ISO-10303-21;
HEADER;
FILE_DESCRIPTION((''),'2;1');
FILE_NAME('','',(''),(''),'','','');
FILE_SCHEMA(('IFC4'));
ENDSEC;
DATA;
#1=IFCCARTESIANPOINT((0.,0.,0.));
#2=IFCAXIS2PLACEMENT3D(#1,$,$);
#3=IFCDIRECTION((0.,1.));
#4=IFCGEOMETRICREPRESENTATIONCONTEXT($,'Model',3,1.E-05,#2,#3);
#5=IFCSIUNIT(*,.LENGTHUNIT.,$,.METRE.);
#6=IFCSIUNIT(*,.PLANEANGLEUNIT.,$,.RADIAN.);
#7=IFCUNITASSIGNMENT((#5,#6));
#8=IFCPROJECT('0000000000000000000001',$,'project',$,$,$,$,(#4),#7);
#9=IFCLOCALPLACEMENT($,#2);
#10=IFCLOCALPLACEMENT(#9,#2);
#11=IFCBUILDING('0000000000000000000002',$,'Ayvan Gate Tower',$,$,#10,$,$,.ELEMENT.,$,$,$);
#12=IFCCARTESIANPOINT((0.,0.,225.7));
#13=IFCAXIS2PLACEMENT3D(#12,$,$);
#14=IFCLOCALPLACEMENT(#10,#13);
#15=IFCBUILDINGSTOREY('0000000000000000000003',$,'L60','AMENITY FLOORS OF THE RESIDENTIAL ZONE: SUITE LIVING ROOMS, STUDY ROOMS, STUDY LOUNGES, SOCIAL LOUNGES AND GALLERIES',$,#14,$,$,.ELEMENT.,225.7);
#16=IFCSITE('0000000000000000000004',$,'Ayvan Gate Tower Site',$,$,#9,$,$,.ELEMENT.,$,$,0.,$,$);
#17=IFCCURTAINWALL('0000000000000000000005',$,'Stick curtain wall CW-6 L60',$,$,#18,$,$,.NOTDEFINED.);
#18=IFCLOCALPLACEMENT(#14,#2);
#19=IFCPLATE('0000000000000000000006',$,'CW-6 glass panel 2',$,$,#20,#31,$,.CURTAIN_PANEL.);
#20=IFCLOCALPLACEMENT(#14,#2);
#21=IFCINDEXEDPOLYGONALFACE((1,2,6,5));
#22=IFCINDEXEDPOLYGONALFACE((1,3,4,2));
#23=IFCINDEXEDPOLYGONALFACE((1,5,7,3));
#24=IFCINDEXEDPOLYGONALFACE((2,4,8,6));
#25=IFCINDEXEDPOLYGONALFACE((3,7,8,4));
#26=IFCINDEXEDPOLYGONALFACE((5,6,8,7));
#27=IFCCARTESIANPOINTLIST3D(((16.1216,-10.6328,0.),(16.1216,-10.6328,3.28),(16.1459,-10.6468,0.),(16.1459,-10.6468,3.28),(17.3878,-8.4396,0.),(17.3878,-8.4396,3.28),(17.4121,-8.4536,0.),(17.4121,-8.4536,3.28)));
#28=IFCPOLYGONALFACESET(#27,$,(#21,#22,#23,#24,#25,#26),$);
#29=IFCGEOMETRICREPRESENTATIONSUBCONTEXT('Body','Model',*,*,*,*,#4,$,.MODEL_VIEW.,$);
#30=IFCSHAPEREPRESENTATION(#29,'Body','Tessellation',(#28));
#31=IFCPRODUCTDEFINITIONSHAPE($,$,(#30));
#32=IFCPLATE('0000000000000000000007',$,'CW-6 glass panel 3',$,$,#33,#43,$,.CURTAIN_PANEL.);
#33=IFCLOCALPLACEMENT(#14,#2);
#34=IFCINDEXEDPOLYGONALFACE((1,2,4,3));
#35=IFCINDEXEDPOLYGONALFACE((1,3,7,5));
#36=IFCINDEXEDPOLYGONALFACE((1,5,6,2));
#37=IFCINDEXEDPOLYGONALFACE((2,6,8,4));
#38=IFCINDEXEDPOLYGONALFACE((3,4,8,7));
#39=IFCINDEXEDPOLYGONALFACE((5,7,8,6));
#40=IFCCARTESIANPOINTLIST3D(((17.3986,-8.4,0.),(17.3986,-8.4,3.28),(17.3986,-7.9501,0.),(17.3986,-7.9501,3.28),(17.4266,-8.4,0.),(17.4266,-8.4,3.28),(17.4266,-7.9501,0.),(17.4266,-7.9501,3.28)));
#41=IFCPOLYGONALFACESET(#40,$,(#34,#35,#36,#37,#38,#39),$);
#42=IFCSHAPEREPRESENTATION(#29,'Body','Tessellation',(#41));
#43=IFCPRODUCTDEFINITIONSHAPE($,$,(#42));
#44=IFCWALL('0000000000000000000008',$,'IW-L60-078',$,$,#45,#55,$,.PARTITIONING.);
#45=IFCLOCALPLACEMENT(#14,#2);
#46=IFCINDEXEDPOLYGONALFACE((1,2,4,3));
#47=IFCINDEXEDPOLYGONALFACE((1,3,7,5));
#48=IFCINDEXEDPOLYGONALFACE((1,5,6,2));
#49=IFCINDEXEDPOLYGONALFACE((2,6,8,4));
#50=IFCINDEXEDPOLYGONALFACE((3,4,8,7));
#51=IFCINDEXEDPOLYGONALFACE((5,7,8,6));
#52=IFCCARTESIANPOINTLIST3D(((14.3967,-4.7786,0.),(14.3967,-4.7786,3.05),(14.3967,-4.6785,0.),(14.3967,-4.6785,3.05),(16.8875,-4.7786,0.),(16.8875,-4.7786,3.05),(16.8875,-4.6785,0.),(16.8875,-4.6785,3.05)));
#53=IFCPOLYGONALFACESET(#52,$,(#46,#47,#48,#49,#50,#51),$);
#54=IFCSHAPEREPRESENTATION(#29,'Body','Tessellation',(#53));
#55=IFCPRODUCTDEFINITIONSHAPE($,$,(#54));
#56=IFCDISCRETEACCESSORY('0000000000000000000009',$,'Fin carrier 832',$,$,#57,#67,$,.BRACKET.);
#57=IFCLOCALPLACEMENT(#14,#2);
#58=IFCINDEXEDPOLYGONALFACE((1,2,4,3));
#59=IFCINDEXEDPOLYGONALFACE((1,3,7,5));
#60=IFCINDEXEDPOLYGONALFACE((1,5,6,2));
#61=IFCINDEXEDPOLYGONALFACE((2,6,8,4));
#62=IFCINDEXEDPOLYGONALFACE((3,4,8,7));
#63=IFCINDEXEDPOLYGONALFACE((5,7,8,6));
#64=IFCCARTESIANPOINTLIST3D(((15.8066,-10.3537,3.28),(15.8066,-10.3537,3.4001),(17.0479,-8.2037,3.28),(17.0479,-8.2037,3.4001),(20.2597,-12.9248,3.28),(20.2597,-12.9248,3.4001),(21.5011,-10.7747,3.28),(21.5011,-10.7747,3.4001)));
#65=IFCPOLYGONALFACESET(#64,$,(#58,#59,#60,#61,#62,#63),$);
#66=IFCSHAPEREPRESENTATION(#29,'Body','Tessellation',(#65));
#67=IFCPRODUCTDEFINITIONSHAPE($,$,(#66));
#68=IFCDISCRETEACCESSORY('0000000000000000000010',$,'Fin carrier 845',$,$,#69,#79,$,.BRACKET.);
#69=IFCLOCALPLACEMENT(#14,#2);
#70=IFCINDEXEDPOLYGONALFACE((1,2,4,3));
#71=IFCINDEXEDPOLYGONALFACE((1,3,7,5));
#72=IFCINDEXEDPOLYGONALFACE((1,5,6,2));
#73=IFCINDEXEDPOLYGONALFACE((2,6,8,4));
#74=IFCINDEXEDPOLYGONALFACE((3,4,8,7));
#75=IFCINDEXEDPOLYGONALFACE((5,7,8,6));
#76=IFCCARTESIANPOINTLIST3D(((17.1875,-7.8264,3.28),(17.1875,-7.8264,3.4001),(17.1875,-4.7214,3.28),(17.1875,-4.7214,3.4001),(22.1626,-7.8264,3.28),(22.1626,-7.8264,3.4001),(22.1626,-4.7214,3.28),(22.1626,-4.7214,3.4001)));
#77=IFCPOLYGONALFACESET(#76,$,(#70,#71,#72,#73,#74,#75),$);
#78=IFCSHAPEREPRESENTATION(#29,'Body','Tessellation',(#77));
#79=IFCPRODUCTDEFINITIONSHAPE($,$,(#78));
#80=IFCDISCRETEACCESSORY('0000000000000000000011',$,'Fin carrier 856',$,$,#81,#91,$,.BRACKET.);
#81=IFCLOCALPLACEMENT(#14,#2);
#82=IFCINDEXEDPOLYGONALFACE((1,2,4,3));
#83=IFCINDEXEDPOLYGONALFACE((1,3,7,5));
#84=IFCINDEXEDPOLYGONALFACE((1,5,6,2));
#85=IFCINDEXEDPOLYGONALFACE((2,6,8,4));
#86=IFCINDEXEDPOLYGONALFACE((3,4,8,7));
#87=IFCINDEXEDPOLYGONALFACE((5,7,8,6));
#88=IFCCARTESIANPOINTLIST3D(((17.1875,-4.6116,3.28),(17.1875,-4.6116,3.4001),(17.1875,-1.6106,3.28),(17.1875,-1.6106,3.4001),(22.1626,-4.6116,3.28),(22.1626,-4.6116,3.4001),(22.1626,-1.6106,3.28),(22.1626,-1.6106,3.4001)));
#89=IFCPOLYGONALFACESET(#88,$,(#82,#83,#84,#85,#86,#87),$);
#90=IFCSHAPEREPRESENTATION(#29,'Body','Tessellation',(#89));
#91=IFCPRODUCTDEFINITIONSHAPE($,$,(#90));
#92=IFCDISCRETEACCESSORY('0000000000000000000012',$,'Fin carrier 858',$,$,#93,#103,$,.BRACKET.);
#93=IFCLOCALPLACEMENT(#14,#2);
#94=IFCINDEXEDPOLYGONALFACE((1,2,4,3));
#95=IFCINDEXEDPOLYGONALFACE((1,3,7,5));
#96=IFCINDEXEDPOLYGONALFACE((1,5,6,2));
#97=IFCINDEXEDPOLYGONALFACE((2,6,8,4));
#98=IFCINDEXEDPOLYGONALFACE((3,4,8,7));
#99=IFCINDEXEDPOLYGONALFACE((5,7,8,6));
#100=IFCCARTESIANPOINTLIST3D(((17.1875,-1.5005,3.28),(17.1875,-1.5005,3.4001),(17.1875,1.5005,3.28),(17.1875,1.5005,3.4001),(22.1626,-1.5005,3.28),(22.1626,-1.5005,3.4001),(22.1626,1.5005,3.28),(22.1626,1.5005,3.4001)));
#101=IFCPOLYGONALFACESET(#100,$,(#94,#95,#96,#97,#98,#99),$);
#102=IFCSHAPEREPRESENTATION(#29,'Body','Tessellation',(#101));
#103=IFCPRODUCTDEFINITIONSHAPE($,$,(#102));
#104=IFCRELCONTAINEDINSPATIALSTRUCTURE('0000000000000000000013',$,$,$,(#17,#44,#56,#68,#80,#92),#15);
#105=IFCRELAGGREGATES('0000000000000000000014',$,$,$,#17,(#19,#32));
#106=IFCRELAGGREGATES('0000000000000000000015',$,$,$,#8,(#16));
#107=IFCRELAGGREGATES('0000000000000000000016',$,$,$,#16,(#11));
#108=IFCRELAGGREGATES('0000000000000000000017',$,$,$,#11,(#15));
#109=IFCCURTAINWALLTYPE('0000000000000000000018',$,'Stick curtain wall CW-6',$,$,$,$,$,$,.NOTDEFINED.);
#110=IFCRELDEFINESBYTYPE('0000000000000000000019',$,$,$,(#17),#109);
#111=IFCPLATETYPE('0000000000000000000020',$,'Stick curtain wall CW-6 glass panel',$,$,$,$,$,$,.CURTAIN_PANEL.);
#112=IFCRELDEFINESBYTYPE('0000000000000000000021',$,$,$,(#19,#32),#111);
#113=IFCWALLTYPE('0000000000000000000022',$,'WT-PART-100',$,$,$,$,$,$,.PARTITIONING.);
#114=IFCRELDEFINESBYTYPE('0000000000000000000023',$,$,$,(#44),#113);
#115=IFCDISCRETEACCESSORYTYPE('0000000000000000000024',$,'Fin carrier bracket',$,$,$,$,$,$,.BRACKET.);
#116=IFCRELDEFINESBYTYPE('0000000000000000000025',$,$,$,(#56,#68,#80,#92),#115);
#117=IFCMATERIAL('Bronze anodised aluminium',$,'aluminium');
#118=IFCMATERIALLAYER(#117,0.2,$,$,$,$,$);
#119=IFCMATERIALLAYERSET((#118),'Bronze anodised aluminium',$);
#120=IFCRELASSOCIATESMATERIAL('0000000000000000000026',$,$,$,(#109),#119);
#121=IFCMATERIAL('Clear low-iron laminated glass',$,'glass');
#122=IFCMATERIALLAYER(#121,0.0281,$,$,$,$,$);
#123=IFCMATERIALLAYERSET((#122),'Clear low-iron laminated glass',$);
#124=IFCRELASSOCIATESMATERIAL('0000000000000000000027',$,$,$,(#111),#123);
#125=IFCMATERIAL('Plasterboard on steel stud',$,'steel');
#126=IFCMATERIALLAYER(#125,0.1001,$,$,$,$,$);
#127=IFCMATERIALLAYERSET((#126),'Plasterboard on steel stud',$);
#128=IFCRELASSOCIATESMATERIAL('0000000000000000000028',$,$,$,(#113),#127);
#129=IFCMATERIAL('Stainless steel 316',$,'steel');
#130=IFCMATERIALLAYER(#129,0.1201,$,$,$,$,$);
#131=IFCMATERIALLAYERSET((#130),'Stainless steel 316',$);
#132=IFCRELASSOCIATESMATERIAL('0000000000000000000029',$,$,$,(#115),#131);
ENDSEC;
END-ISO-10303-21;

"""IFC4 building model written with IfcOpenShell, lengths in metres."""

from ifc_helpers import new_model, si_unit, direction, frame, frame_2d, origin, origin_2d, place, context, subcontext, project, spatial, rectangle, extrude, material, layer, layer_set, type_object, element, aggregate, save


model = new_model("IFC4")

# Units and contexts
model_context = context("Model", 3, precision=1e-05, world=origin(), true_north=direction((0.0, 1.0)))
body_context = subcontext(model_context, "Body", "Model", "MODEL_VIEW")
ifc_project = project(units=[si_unit("LENGTHUNIT", "METRE"), si_unit("PLANEANGLEUNIT", "RADIAN")], contexts=[model_context])

# Site, building, storey
site_placement = place(None, origin())
site = spatial("IfcSite", under=ifc_project, at=site_placement, Name="Ayvan Gate Tower Site", CompositionType="ELEMENT", RefElevation=0.0)
building_placement = place(site_placement, origin())
building = spatial("IfcBuilding", under=site, at=building_placement, Name="Ayvan Gate Tower", CompositionType="ELEMENT")
storey_placement = place(building_placement, frame((0.0, 0.0, 225.7)))
storey = spatial("IfcBuildingStorey", under=building, at=storey_placement, Name="L60", Description="AMENITY FLOORS OF THE RESIDENTIAL ZONE: SUITE LIVING ROOMS, STUDY ROOMS, STUDY LOUNGES, SOCIAL LOUNGES AND GALLERIES", CompositionType="ELEMENT", Elevation=225.7)

# Curtain wall
ifc_material_1 = material(Name="Bronze anodised aluminium", Category="aluminium")
ifc_layer_1 = layer(ifc_material_1, 0.2)
ifc_layer_set_1 = layer_set([ifc_layer_1], Name="Bronze anodised aluminium")
curtain_wall_type_1 = type_object("IfcCurtainWallType", Name="Stick curtain wall CW-6", PredefinedType="NOTDEFINED", material=ifc_layer_set_1)
curtain_wall_1_placement = place(storey_placement, origin())
curtain_wall_1 = element("IfcCurtainWall", 1, at=curtain_wall_1_placement, inside=storey, type_object=curtain_wall_type_1, Name="Stick curtain wall CW-6 L60", PredefinedType="NOTDEFINED")

# Plates
ifc_material_2 = material(Name="Clear low-iron laminated glass", Category="glass")
ifc_layer_2 = layer(ifc_material_2, 0.0281)
ifc_layer_set_2 = layer_set([ifc_layer_2], Name="Clear low-iron laminated glass")
plate_type_1 = type_object("IfcPlateType", Name="Stick curtain wall CW-6 glass panel", PredefinedType="CURTAIN_PANEL", material=ifc_layer_set_2)
plate_1_placement = place(storey_placement, frame((16.7668, -9.5432, 0.0), z_axis=(0.0, 0.0, 1.0), x_axis=(0.5, 0.866025, 0.0)))
plate_1 = element("IfcPlate", 2, at=plate_1_placement, type_object=plate_type_1, Name="CW-6 glass panel 2", PredefinedType="CURTAIN_PANEL", context=body_context, shape_type="SweptSolid", body=[
    extrude(rectangle(XDim=2.5325, YDim=0.0281, at=origin_2d()), origin(), (0.0, 0.0, 1.0), 3.28),
])
plate_2_placement = place(storey_placement, frame((17.4126, -8.175, 0.0), z_axis=(0.0, 0.0, 1.0), x_axis=(0.0, 1.0, 0.0)))
plate_2 = element("IfcPlate", 3, at=plate_2_placement, type_object=plate_type_1, Name="CW-6 glass panel 3", PredefinedType="CURTAIN_PANEL", context=body_context, shape_type="SweptSolid", body=[
    extrude(rectangle(XDim=0.45, YDim=0.0281, at=origin_2d()), origin(), (0.0, 0.0, 1.0), 3.28),
])
aggregate(curtain_wall_1, [plate_1, plate_2])

# Wall
ifc_material_3 = material(Name="Plasterboard on steel stud", Category="steel")
ifc_layer_3 = layer(ifc_material_3, 0.1001)
ifc_layer_set_3 = layer_set([ifc_layer_3], Name="Plasterboard on steel stud")
wall_type = type_object("IfcWallType", Name="WT-PART-100", PredefinedType="PARTITIONING", material=ifc_layer_set_3)
wall_placement = place(storey_placement, frame((16.8875, -4.7285, 0.0), z_axis=(0.0, 0.0, 1.0), x_axis=(-1.0, 0.0, 0.0)))
element("IfcWall", 4, at=wall_placement, inside=storey, type_object=wall_type, Name="IW-L60-078", PredefinedType="PARTITIONING", context=body_context, shape_type="SweptSolid", body=[
    extrude(rectangle(XDim=2.4907, YDim=0.1001, at=frame_2d((1.2454, 0.0))), origin(), (0.0, 0.0, 1.0), 3.05),
])

# Discrete accessories
ifc_material_4 = material(Name="Stainless steel 316", Category="steel")
ifc_layer_4 = layer(ifc_material_4, 0.1201)
ifc_layer_set_4 = layer_set([ifc_layer_4], Name="Stainless steel 316")
discrete_accessory_type = type_object("IfcDiscreteAccessoryType", Name="Fin carrier bracket", PredefinedType="BRACKET", material=ifc_layer_set_4)
discrete_accessory_1_placement = place(storey_placement, frame((18.6538, -10.5642, 3.28), z_axis=(0.0, 0.0, 1.0), x_axis=(0.5, 0.866025, 0.0)))
element("IfcDiscreteAccessory", 5, at=discrete_accessory_1_placement, inside=storey, type_object=discrete_accessory_type, Name="Fin carrier 832", PredefinedType="BRACKET", context=body_context, shape_type="SweptSolid", body=[
    extrude(rectangle(XDim=2.4827, YDim=5.1421, at=origin_2d()), origin(), (0.0, 0.0, 1.0), 0.1201),
])
discrete_accessory_2_placement = place(storey_placement, frame((19.675, -6.2739, 3.28), z_axis=(0.0, 0.0, 1.0), x_axis=(0.0, 1.0, 0.0)))
element("IfcDiscreteAccessory", 6, at=discrete_accessory_2_placement, inside=storey, type_object=discrete_accessory_type, Name="Fin carrier 845", PredefinedType="BRACKET", context=body_context, shape_type="SweptSolid", body=[
    extrude(rectangle(XDim=3.105, YDim=4.9751, at=origin_2d()), origin(), (0.0, 0.0, 1.0), 0.1201),
])
for number, where, z_axis, x_axis, name in (
    (7, (19.675, -3.1111, 3.28), (0.0, 0.0, 1.0), (0.0, 1.0, 0.0), "Fin carrier 856"),
    (8, (19.675, 0.0, 3.28), (0.0, 0.0, 1.0), (0.0, 1.0, 0.0), "Fin carrier 858"),
):
    element("IfcDiscreteAccessory", number, at=place(storey_placement, frame(where, z_axis=z_axis, x_axis=x_axis)), inside=storey, type_object=discrete_accessory_type, Name=name, PredefinedType="BRACKET", context=body_context, shape_type="SweptSolid", body=[
        extrude(rectangle(XDim=3.001, YDim=4.9751, at=origin_2d()), origin(), (0.0, 0.0, 1.0), 0.1201),
    ])

save(model, "model.ifc")
